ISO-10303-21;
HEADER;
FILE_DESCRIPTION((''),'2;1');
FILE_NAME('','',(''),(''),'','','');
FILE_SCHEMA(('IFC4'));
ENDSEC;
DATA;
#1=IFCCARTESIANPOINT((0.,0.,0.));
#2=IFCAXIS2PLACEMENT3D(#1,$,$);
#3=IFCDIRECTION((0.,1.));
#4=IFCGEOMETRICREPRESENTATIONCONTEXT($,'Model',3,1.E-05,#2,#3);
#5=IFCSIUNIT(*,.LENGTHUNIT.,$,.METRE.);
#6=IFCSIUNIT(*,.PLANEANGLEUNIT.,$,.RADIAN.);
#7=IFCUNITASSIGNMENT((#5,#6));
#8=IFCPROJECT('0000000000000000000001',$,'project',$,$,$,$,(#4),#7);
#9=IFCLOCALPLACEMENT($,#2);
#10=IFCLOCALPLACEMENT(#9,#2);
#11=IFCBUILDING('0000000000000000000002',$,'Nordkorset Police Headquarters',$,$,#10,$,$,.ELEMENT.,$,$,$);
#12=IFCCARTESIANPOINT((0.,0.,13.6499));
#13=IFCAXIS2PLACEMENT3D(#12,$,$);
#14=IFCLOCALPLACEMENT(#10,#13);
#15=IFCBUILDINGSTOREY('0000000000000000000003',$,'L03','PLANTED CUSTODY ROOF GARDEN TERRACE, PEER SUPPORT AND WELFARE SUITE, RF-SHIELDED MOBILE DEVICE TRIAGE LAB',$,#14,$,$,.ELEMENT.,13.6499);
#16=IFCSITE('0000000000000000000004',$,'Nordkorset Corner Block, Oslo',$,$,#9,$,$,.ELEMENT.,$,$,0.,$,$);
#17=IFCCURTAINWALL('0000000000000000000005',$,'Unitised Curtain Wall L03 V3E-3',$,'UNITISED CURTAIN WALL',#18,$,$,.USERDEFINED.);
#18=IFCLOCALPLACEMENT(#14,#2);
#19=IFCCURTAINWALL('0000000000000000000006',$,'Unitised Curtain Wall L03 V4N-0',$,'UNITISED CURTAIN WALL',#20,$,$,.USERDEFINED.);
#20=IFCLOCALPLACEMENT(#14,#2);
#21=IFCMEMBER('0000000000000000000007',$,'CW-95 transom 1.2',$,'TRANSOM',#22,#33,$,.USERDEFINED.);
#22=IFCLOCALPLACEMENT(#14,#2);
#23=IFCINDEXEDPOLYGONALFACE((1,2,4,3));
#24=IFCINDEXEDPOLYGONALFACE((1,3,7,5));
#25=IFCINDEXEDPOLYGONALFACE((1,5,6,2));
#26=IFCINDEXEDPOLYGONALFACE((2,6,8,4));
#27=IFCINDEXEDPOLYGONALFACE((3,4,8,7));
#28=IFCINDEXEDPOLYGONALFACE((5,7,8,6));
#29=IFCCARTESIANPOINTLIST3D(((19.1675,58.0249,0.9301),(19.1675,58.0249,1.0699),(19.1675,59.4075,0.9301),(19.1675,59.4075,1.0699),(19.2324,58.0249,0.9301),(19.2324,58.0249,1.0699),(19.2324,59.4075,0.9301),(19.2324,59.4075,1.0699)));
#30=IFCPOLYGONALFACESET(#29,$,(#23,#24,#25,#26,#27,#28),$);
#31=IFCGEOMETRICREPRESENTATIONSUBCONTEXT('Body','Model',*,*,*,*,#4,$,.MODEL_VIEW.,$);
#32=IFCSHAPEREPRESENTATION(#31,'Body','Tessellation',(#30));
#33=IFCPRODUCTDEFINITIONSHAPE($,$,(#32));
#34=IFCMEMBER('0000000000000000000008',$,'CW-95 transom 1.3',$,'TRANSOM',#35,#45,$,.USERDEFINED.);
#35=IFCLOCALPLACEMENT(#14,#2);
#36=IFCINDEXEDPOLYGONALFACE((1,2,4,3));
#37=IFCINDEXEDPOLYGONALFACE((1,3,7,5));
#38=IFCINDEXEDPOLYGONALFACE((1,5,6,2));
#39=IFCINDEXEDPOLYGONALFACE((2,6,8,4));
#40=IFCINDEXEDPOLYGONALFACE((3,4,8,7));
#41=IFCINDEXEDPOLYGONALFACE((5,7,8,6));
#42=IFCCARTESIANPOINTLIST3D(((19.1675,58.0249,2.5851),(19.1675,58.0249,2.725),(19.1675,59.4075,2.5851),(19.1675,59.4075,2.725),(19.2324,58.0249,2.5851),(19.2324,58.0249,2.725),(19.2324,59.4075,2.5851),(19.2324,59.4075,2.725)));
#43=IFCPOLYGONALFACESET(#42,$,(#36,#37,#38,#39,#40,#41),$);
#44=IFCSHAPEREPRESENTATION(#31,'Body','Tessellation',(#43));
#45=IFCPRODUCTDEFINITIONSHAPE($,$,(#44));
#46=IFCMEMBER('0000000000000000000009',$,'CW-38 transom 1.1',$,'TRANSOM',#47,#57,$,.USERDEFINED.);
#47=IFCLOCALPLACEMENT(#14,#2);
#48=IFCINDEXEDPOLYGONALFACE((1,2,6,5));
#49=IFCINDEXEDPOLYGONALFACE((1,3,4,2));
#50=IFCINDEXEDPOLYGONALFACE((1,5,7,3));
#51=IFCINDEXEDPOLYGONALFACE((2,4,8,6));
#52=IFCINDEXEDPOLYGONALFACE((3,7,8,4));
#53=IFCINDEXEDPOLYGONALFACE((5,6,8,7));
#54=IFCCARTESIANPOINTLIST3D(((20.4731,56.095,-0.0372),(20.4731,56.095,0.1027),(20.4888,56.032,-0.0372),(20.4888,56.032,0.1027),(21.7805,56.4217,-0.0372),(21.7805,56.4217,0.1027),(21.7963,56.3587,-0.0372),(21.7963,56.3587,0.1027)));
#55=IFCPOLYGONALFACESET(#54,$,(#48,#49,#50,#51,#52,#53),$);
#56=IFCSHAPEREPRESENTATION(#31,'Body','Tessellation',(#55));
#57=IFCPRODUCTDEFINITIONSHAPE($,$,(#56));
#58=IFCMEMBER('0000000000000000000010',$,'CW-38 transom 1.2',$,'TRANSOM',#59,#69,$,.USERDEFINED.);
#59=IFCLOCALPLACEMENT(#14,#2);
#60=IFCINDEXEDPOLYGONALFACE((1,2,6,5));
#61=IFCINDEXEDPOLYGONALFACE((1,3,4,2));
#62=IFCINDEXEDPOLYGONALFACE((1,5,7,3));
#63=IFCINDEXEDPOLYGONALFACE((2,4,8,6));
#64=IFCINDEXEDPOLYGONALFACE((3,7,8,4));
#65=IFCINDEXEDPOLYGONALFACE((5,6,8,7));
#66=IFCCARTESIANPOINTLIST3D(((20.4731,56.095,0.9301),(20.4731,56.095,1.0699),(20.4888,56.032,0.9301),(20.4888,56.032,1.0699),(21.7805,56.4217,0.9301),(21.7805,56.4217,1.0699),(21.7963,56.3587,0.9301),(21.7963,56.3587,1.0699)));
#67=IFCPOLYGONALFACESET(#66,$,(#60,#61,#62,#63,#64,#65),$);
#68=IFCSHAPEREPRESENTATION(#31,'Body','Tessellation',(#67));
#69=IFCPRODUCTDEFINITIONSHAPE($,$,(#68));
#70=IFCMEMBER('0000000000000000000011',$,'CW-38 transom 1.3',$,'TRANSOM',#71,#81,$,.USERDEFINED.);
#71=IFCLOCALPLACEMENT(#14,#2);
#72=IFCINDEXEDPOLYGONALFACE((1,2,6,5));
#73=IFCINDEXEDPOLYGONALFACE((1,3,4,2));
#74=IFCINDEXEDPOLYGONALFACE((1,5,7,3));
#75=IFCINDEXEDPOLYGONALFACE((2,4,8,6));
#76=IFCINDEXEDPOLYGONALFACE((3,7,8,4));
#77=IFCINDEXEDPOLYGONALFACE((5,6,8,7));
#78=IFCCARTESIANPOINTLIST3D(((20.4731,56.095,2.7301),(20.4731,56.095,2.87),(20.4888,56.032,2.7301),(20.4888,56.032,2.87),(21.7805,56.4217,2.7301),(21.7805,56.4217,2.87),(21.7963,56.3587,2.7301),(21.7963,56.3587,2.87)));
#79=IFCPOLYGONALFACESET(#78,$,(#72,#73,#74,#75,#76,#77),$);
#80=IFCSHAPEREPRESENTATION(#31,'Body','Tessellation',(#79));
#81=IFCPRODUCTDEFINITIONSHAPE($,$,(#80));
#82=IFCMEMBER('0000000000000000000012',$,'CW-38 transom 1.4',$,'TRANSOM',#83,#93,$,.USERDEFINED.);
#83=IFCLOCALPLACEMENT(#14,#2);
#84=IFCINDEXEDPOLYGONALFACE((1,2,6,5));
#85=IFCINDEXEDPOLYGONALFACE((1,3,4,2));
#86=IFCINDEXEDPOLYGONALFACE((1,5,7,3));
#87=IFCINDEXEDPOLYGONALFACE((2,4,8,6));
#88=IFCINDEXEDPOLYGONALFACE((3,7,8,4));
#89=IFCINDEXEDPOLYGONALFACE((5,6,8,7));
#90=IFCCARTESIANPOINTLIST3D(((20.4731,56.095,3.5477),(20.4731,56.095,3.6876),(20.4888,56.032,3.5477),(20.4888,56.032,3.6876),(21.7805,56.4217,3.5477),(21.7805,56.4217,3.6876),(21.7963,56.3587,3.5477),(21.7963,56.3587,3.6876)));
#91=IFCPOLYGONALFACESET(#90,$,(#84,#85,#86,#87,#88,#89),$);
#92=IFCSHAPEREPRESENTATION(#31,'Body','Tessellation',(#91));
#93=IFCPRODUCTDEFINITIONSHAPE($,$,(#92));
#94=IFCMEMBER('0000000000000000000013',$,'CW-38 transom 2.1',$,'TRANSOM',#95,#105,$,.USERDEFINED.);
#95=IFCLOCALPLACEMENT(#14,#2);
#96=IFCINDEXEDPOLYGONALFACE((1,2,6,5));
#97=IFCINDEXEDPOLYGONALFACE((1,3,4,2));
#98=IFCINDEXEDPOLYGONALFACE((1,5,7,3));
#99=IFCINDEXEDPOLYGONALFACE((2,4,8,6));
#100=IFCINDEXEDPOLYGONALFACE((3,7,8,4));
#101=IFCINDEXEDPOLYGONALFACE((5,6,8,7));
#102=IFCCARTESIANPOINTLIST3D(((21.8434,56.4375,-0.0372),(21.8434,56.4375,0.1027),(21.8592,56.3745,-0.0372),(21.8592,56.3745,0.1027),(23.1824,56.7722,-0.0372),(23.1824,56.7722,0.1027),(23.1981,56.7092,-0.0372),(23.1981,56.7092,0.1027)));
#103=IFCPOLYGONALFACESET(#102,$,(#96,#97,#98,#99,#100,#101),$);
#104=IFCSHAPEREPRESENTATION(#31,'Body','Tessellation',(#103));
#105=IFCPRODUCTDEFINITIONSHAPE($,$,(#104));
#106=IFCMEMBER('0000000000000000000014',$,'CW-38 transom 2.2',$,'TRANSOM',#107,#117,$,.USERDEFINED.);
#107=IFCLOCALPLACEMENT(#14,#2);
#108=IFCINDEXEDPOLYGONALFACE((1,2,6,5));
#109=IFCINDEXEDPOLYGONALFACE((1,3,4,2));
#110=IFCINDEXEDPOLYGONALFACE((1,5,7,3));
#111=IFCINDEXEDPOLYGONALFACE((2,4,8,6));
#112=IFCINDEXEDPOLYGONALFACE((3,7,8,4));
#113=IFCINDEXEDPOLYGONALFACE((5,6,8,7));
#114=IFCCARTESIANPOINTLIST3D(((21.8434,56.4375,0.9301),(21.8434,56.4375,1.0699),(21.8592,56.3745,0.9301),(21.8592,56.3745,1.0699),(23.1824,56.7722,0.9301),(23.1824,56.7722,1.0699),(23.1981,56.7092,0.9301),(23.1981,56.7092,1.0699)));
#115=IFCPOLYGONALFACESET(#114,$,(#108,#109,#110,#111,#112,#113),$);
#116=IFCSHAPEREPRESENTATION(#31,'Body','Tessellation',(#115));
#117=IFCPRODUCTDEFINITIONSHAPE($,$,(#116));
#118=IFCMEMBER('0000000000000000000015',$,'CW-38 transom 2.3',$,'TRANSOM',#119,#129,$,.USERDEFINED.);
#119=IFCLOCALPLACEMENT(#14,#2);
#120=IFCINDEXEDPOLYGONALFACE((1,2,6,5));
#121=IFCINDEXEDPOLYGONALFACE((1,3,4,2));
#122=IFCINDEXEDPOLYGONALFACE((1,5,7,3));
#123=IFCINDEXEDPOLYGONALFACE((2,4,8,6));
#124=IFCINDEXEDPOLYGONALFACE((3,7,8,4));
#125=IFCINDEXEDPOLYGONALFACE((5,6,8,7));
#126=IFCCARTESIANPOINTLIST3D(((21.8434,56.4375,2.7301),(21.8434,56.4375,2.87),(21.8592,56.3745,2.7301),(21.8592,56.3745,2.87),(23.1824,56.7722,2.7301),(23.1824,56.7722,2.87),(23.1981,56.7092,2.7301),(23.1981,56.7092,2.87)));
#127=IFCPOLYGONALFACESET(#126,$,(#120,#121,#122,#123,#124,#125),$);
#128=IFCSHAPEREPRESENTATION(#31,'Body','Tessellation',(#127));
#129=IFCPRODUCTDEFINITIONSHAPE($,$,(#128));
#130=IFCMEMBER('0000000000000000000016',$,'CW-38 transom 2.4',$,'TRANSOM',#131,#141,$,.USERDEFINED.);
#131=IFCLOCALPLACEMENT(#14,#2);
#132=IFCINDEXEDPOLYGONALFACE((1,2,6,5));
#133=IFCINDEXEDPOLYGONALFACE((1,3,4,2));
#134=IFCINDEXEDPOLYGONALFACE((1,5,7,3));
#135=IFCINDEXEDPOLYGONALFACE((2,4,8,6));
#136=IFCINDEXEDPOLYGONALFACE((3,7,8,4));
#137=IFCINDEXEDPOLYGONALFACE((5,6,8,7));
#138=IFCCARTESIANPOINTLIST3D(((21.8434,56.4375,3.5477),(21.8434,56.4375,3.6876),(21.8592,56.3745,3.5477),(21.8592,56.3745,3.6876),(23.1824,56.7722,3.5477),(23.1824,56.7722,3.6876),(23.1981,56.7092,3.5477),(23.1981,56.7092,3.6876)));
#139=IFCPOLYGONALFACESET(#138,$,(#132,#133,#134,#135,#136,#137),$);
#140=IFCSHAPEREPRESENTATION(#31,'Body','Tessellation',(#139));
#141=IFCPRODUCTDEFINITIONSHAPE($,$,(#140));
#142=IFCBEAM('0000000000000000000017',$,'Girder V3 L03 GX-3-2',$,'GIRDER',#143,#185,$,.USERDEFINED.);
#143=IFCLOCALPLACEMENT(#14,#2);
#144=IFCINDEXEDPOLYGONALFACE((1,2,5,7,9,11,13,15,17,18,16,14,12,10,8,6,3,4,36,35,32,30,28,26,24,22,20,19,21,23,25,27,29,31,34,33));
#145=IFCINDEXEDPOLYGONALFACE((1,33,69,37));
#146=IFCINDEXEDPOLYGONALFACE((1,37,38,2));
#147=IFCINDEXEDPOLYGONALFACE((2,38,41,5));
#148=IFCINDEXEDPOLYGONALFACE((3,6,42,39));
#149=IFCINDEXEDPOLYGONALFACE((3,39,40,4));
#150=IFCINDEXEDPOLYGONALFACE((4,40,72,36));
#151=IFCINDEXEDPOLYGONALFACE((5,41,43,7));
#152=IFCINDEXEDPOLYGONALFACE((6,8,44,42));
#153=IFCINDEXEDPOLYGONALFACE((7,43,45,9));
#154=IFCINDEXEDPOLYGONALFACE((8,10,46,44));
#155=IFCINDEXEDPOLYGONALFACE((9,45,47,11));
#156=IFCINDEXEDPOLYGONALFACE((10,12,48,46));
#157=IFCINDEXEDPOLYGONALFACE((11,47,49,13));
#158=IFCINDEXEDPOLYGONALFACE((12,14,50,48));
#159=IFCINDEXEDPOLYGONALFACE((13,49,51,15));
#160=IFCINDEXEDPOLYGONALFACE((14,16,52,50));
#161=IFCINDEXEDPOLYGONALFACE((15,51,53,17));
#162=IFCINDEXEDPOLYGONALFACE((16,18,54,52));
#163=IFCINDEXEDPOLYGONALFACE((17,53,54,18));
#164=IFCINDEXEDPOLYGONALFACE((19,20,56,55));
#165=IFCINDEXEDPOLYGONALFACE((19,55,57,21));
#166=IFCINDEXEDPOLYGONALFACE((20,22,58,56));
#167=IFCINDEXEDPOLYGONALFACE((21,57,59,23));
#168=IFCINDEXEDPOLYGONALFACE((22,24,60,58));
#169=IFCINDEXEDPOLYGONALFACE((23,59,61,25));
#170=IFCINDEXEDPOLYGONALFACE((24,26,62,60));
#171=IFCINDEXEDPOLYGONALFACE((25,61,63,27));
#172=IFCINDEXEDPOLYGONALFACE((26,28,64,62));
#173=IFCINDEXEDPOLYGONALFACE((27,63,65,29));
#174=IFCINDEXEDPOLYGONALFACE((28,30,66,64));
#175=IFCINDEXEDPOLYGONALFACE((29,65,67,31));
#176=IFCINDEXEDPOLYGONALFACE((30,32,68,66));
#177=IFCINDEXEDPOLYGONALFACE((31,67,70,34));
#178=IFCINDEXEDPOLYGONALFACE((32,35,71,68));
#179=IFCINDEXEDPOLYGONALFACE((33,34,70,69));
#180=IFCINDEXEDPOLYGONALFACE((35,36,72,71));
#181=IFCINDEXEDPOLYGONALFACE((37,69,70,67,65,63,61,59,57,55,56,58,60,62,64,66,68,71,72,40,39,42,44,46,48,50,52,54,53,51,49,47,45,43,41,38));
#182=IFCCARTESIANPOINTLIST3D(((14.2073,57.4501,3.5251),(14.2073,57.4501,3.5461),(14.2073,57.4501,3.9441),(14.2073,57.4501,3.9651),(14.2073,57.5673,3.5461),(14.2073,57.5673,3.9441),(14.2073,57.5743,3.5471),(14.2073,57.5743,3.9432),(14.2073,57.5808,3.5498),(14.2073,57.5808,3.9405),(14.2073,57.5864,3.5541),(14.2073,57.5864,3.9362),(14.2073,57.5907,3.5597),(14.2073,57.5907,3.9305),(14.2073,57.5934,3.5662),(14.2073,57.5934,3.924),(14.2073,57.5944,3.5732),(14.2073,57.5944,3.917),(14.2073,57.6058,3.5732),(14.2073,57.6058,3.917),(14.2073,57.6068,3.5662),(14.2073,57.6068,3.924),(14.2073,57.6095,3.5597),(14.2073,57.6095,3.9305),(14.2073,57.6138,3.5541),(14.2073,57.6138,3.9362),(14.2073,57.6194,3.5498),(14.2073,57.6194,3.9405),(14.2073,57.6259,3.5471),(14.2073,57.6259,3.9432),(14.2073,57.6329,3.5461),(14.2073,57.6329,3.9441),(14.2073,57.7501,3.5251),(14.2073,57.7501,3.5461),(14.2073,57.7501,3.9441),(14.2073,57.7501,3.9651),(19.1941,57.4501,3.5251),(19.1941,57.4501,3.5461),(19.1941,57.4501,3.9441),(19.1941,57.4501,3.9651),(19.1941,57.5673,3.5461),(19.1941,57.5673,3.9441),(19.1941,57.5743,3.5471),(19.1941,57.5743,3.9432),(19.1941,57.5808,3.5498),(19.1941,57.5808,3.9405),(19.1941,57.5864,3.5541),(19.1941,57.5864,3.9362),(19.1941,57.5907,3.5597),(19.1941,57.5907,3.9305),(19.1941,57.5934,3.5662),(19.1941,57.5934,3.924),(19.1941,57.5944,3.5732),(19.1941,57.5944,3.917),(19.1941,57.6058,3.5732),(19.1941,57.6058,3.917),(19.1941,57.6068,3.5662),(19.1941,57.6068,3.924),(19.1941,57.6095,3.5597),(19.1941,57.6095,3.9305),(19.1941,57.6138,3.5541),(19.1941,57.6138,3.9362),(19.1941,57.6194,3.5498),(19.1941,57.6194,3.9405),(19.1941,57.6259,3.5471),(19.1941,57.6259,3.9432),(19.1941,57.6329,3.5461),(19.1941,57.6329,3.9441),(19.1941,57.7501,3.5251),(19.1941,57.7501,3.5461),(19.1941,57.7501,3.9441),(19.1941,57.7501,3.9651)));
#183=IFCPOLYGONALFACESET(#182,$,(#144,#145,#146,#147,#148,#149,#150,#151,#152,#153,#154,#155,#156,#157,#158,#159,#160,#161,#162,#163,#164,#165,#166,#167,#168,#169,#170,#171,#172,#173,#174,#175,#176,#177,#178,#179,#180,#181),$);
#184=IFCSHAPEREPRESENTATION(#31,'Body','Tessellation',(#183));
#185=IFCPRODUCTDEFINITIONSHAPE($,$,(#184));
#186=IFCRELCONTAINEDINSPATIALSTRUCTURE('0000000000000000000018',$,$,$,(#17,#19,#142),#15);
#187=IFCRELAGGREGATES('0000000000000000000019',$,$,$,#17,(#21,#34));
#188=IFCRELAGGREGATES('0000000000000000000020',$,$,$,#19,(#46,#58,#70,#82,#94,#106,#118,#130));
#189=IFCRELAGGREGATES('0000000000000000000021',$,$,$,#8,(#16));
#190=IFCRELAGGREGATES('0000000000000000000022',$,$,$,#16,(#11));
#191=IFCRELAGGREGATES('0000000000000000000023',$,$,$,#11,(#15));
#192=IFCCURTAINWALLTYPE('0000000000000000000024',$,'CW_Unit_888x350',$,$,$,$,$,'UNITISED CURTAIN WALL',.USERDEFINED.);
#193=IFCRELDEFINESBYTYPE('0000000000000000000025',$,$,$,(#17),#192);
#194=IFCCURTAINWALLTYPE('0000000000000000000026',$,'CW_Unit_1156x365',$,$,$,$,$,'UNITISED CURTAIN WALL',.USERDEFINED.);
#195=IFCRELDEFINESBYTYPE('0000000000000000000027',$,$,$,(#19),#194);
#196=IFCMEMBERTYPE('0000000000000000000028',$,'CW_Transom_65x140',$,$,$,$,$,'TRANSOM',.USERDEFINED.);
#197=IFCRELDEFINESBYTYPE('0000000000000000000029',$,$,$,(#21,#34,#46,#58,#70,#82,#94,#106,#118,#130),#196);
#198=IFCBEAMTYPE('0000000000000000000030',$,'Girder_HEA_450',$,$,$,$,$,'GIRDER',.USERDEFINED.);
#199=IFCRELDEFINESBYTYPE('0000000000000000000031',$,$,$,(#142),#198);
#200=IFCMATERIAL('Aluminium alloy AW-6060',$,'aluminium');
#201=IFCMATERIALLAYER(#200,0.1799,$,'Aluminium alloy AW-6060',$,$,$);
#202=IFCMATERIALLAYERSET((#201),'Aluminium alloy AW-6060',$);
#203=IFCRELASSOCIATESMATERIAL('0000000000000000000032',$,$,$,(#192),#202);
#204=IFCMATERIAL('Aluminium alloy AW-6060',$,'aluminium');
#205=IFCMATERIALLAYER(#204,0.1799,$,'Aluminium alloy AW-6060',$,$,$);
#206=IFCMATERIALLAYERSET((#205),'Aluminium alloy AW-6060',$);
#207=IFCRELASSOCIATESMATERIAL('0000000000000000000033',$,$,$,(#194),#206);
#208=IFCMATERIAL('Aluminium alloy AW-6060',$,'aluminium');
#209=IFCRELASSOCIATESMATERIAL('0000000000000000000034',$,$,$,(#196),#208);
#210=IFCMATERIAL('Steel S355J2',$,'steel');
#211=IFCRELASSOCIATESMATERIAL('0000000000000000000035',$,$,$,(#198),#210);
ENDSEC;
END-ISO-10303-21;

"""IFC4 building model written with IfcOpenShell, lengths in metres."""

from ifc_helpers import new_model, si_unit, direction, frame, origin, origin_2d, place, context, subcontext, project, spatial, rectangle, i_section, extrude, material, layer, layer_set, material_profile, profile_set, type_object, element, aggregate, save


model = new_model("IFC4")

# Units and contexts
model_context = context("Model", 3, precision=1e-05, world=origin(), true_north=direction((0.0, 1.0)))
body_context = subcontext(model_context, "Body", "Model", "MODEL_VIEW")
ifc_project = project(units=[si_unit("LENGTHUNIT", "METRE"), si_unit("PLANEANGLEUNIT", "RADIAN")], contexts=[model_context])

# Site, building, storey
site_placement = place(None, origin())
site = spatial("IfcSite", under=ifc_project, at=site_placement, Name="Nordkorset Corner Block, Oslo", CompositionType="ELEMENT", RefElevation=0.0)
building_placement = place(site_placement, origin())
building = spatial("IfcBuilding", under=site, at=building_placement, Name="Nordkorset Police Headquarters", CompositionType="ELEMENT")
storey_placement = place(building_placement, frame((0.0, 0.0, 13.6499)))
storey = spatial("IfcBuildingStorey", under=building, at=storey_placement, Name="L03", Description="PLANTED CUSTODY ROOF GARDEN TERRACE, PEER SUPPORT AND WELFARE SUITE, RF-SHIELDED MOBILE DEVICE TRIAGE LAB", CompositionType="ELEMENT", Elevation=13.6499)

# Curtain walls
ifc_material_1 = material(Name="Aluminium alloy AW-6060", Category="aluminium")
ifc_layer_1 = layer(ifc_material_1, 0.1799, Name="Aluminium alloy AW-6060")
ifc_layer_set_1 = layer_set([ifc_layer_1], Name="Aluminium alloy AW-6060")
curtain_wall_type_1 = type_object("IfcCurtainWallType", Name="CW_Unit_888x350", ElementType="UNITISED CURTAIN WALL", PredefinedType="USERDEFINED", material=ifc_layer_set_1)
curtain_wall_1_placement = place(storey_placement, origin())
curtain_wall_1 = element("IfcCurtainWall", 1, at=curtain_wall_1_placement, inside=storey, type_object=curtain_wall_type_1, Name="Unitised Curtain Wall L03 V3E-3", ObjectType="UNITISED CURTAIN WALL", PredefinedType="USERDEFINED")
ifc_material_2 = material(Name="Aluminium alloy AW-6060", Category="aluminium")
ifc_layer_2 = layer(ifc_material_2, 0.1799, Name="Aluminium alloy AW-6060")
ifc_layer_set_2 = layer_set([ifc_layer_2], Name="Aluminium alloy AW-6060")
curtain_wall_type_2 = type_object("IfcCurtainWallType", Name="CW_Unit_1156x365", ElementType="UNITISED CURTAIN WALL", PredefinedType="USERDEFINED", material=ifc_layer_set_2)
curtain_wall_2_placement = place(storey_placement, origin())
curtain_wall_2 = element("IfcCurtainWall", 2, at=curtain_wall_2_placement, inside=storey, type_object=curtain_wall_type_2, Name="Unitised Curtain Wall L03 V4N-0", ObjectType="UNITISED CURTAIN WALL", PredefinedType="USERDEFINED")

# Members
ifc_material_3 = material(Name="Aluminium alloy AW-6060", Category="aluminium")
ifc_material_profile_1 = material_profile(ifc_material_3, rectangle(XDim=0.0649, YDim=0.1399, at=origin_2d()), Name="ALU TRAN 65x140")
ifc_profile_set_1 = profile_set([ifc_material_profile_1], Name="Aluminium alloy AW-6060")
member_type_1 = type_object("IfcMemberType", Name="CW_Transom_65x140", ElementType="TRANSOM", PredefinedType="USERDEFINED", material=ifc_profile_set_1)
member_1_placement = place(storey_placement, frame((19.2, 58.0249, 1.0), z_axis=(0.0, 1.0, 0.0), x_axis=(-1.0, 0.0, 0.0)))
member_1 = element("IfcMember", 3, at=member_1_placement, type_object=member_type_1, Name="CW-95 transom 1.2", ObjectType="TRANSOM", PredefinedType="USERDEFINED", context=body_context, shape_type="SweptSolid", body=[
    extrude(rectangle(XDim=0.0649, YDim=0.1399, at=origin_2d()), origin(), (0.0, 0.0, 1.0), 1.3826),
])
member_2_placement = place(storey_placement, frame((19.2, 58.0249, 2.655), z_axis=(0.0, 1.0, 0.0), x_axis=(-1.0, 0.0, 0.0)))
member_2 = element("IfcMember", 4, at=member_2_placement, type_object=member_type_1, Name="CW-95 transom 1.3", ObjectType="TRANSOM", PredefinedType="USERDEFINED", context=body_context, shape_type="SweptSolid", body=[
    extrude(rectangle(XDim=0.0649, YDim=0.1399, at=origin_2d()), origin(), (0.0, 0.0, 1.0), 1.3826),
])
aggregate(curtain_wall_1, [member_1, member_2])
member_3_placement = place(storey_placement, frame((20.481, 56.0635, 0.0327), z_axis=(0.970174, 0.242408, 0.0), x_axis=(-0.242408, 0.970174, 0.0)))
member_3 = element("IfcMember", 5, at=member_3_placement, type_object=member_type_1, Name="CW-38 transom 1.1", ObjectType="TRANSOM", PredefinedType="USERDEFINED", context=body_context, shape_type="SweptSolid", body=[
    extrude(rectangle(XDim=0.0649, YDim=0.1399, at=origin_2d()), origin(), (0.0, 0.0, 1.0), 1.3477),
])
member_4_placement = place(storey_placement, frame((20.481, 56.0635, 1.0), z_axis=(0.970174, 0.242408, 0.0), x_axis=(-0.242408, 0.970174, 0.0)))
member_4 = element("IfcMember", 6, at=member_4_placement, type_object=member_type_1, Name="CW-38 transom 1.2", ObjectType="TRANSOM", PredefinedType="USERDEFINED", context=body_context, shape_type="SweptSolid", body=[
    extrude(rectangle(XDim=0.0649, YDim=0.1399, at=origin_2d()), origin(), (0.0, 0.0, 1.0), 1.3477),
])
member_5_placement = place(storey_placement, frame((20.481, 56.0635, 2.8), z_axis=(0.970174, 0.242408, 0.0), x_axis=(-0.242408, 0.970174, 0.0)))
member_5 = element("IfcMember", 7, at=member_5_placement, type_object=member_type_1, Name="CW-38 transom 1.3", ObjectType="TRANSOM", PredefinedType="USERDEFINED", context=body_context, shape_type="SweptSolid", body=[
    extrude(rectangle(XDim=0.0649, YDim=0.1399, at=origin_2d()), origin(), (0.0, 0.0, 1.0), 1.3477),
])
member_6_placement = place(storey_placement, frame((20.481, 56.0635, 3.6177), z_axis=(0.970174, 0.242408, 0.0), x_axis=(-0.242408, 0.970174, 0.0)))
member_6 = element("IfcMember", 8, at=member_6_placement, type_object=member_type_1, Name="CW-38 transom 1.4", ObjectType="TRANSOM", PredefinedType="USERDEFINED", context=body_context, shape_type="SweptSolid", body=[
    extrude(rectangle(XDim=0.0649, YDim=0.1399, at=origin_2d()), origin(), (0.0, 0.0, 1.0), 1.3477),
])
member_7_placement = place(storey_placement, frame((21.8513, 56.406, 0.0327), z_axis=(0.970143, 0.242536, 0.0), x_axis=(-0.242536, 0.970143, 0.0)))
member_7 = element("IfcMember", 9, at=member_7_placement, type_object=member_type_1, Name="CW-38 transom 2.1", ObjectType="TRANSOM", PredefinedType="USERDEFINED", context=body_context, shape_type="SweptSolid", body=[
    extrude(rectangle(XDim=0.0649, YDim=0.1399, at=origin_2d()), origin(), (0.0, 0.0, 1.0), 1.3801),
])
member_8_placement = place(storey_placement, frame((21.8513, 56.406, 1.0), z_axis=(0.970143, 0.242536, 0.0), x_axis=(-0.242536, 0.970143, 0.0)))
member_8 = element("IfcMember", 10, at=member_8_placement, type_object=member_type_1, Name="CW-38 transom 2.2", ObjectType="TRANSOM", PredefinedType="USERDEFINED", context=body_context, shape_type="SweptSolid", body=[
    extrude(rectangle(XDim=0.0649, YDim=0.1399, at=origin_2d()), origin(), (0.0, 0.0, 1.0), 1.3801),
])
member_9_placement = place(storey_placement, frame((21.8513, 56.406, 2.8), z_axis=(0.970143, 0.242536, 0.0), x_axis=(-0.242536, 0.970143, 0.0)))
member_9 = element("IfcMember", 11, at=member_9_placement, type_object=member_type_1, Name="CW-38 transom 2.3", ObjectType="TRANSOM", PredefinedType="USERDEFINED", context=body_context, shape_type="SweptSolid", body=[
    extrude(rectangle(XDim=0.0649, YDim=0.1399, at=origin_2d()), origin(), (0.0, 0.0, 1.0), 1.3801),
])
member_10_placement = place(storey_placement, frame((21.8513, 56.406, 3.6177), z_axis=(0.970143, 0.242536, 0.0), x_axis=(-0.242536, 0.970143, 0.0)))
member_10 = element("IfcMember", 12, at=member_10_placement, type_object=member_type_1, Name="CW-38 transom 2.4", ObjectType="TRANSOM", PredefinedType="USERDEFINED", context=body_context, shape_type="SweptSolid", body=[
    extrude(rectangle(XDim=0.0649, YDim=0.1399, at=origin_2d()), origin(), (0.0, 0.0, 1.0), 1.3801),
])

# Beam
ifc_material_4 = material(Name="Steel S355J2", Category="steel")
ifc_material_profile_2 = material_profile(ifc_material_4, i_section(OverallWidth=0.3, OverallDepth=0.4399, WebThickness=0.0115, FlangeThickness=0.021, FilletRadius=0.0271, at=origin_2d()), Name="HEA 450")
ifc_profile_set_2 = profile_set([ifc_material_profile_2], Name="Steel S355J2")
beam_type_1 = type_object("IfcBeamType", Name="Girder_HEA_450", ElementType="GIRDER", PredefinedType="USERDEFINED", material=ifc_profile_set_2)
beam_1_placement = place(storey_placement, frame((14.2073, 57.6001, 3.7451), z_axis=(1.0, 0.0, 0.0), x_axis=(0.0, 1.0, 0.0)))
element("IfcBeam", 13, at=beam_1_placement, inside=storey, type_object=beam_type_1, Name="Girder V3 L03 GX-3-2", ObjectType="GIRDER", PredefinedType="USERDEFINED", context=body_context, shape_type="SweptSolid", body=[
    extrude(i_section(OverallWidth=0.3, OverallDepth=0.4399, WebThickness=0.0115, FlangeThickness=0.021, FilletRadius=0.0271, at=origin_2d()), origin(), (0.0, 0.0, 1.0), 4.9868),
])

aggregate(curtain_wall_2, [member_3, member_4, member_5, member_6, member_7, member_8, member_9, member_10])

save(model, "model.ifc")
